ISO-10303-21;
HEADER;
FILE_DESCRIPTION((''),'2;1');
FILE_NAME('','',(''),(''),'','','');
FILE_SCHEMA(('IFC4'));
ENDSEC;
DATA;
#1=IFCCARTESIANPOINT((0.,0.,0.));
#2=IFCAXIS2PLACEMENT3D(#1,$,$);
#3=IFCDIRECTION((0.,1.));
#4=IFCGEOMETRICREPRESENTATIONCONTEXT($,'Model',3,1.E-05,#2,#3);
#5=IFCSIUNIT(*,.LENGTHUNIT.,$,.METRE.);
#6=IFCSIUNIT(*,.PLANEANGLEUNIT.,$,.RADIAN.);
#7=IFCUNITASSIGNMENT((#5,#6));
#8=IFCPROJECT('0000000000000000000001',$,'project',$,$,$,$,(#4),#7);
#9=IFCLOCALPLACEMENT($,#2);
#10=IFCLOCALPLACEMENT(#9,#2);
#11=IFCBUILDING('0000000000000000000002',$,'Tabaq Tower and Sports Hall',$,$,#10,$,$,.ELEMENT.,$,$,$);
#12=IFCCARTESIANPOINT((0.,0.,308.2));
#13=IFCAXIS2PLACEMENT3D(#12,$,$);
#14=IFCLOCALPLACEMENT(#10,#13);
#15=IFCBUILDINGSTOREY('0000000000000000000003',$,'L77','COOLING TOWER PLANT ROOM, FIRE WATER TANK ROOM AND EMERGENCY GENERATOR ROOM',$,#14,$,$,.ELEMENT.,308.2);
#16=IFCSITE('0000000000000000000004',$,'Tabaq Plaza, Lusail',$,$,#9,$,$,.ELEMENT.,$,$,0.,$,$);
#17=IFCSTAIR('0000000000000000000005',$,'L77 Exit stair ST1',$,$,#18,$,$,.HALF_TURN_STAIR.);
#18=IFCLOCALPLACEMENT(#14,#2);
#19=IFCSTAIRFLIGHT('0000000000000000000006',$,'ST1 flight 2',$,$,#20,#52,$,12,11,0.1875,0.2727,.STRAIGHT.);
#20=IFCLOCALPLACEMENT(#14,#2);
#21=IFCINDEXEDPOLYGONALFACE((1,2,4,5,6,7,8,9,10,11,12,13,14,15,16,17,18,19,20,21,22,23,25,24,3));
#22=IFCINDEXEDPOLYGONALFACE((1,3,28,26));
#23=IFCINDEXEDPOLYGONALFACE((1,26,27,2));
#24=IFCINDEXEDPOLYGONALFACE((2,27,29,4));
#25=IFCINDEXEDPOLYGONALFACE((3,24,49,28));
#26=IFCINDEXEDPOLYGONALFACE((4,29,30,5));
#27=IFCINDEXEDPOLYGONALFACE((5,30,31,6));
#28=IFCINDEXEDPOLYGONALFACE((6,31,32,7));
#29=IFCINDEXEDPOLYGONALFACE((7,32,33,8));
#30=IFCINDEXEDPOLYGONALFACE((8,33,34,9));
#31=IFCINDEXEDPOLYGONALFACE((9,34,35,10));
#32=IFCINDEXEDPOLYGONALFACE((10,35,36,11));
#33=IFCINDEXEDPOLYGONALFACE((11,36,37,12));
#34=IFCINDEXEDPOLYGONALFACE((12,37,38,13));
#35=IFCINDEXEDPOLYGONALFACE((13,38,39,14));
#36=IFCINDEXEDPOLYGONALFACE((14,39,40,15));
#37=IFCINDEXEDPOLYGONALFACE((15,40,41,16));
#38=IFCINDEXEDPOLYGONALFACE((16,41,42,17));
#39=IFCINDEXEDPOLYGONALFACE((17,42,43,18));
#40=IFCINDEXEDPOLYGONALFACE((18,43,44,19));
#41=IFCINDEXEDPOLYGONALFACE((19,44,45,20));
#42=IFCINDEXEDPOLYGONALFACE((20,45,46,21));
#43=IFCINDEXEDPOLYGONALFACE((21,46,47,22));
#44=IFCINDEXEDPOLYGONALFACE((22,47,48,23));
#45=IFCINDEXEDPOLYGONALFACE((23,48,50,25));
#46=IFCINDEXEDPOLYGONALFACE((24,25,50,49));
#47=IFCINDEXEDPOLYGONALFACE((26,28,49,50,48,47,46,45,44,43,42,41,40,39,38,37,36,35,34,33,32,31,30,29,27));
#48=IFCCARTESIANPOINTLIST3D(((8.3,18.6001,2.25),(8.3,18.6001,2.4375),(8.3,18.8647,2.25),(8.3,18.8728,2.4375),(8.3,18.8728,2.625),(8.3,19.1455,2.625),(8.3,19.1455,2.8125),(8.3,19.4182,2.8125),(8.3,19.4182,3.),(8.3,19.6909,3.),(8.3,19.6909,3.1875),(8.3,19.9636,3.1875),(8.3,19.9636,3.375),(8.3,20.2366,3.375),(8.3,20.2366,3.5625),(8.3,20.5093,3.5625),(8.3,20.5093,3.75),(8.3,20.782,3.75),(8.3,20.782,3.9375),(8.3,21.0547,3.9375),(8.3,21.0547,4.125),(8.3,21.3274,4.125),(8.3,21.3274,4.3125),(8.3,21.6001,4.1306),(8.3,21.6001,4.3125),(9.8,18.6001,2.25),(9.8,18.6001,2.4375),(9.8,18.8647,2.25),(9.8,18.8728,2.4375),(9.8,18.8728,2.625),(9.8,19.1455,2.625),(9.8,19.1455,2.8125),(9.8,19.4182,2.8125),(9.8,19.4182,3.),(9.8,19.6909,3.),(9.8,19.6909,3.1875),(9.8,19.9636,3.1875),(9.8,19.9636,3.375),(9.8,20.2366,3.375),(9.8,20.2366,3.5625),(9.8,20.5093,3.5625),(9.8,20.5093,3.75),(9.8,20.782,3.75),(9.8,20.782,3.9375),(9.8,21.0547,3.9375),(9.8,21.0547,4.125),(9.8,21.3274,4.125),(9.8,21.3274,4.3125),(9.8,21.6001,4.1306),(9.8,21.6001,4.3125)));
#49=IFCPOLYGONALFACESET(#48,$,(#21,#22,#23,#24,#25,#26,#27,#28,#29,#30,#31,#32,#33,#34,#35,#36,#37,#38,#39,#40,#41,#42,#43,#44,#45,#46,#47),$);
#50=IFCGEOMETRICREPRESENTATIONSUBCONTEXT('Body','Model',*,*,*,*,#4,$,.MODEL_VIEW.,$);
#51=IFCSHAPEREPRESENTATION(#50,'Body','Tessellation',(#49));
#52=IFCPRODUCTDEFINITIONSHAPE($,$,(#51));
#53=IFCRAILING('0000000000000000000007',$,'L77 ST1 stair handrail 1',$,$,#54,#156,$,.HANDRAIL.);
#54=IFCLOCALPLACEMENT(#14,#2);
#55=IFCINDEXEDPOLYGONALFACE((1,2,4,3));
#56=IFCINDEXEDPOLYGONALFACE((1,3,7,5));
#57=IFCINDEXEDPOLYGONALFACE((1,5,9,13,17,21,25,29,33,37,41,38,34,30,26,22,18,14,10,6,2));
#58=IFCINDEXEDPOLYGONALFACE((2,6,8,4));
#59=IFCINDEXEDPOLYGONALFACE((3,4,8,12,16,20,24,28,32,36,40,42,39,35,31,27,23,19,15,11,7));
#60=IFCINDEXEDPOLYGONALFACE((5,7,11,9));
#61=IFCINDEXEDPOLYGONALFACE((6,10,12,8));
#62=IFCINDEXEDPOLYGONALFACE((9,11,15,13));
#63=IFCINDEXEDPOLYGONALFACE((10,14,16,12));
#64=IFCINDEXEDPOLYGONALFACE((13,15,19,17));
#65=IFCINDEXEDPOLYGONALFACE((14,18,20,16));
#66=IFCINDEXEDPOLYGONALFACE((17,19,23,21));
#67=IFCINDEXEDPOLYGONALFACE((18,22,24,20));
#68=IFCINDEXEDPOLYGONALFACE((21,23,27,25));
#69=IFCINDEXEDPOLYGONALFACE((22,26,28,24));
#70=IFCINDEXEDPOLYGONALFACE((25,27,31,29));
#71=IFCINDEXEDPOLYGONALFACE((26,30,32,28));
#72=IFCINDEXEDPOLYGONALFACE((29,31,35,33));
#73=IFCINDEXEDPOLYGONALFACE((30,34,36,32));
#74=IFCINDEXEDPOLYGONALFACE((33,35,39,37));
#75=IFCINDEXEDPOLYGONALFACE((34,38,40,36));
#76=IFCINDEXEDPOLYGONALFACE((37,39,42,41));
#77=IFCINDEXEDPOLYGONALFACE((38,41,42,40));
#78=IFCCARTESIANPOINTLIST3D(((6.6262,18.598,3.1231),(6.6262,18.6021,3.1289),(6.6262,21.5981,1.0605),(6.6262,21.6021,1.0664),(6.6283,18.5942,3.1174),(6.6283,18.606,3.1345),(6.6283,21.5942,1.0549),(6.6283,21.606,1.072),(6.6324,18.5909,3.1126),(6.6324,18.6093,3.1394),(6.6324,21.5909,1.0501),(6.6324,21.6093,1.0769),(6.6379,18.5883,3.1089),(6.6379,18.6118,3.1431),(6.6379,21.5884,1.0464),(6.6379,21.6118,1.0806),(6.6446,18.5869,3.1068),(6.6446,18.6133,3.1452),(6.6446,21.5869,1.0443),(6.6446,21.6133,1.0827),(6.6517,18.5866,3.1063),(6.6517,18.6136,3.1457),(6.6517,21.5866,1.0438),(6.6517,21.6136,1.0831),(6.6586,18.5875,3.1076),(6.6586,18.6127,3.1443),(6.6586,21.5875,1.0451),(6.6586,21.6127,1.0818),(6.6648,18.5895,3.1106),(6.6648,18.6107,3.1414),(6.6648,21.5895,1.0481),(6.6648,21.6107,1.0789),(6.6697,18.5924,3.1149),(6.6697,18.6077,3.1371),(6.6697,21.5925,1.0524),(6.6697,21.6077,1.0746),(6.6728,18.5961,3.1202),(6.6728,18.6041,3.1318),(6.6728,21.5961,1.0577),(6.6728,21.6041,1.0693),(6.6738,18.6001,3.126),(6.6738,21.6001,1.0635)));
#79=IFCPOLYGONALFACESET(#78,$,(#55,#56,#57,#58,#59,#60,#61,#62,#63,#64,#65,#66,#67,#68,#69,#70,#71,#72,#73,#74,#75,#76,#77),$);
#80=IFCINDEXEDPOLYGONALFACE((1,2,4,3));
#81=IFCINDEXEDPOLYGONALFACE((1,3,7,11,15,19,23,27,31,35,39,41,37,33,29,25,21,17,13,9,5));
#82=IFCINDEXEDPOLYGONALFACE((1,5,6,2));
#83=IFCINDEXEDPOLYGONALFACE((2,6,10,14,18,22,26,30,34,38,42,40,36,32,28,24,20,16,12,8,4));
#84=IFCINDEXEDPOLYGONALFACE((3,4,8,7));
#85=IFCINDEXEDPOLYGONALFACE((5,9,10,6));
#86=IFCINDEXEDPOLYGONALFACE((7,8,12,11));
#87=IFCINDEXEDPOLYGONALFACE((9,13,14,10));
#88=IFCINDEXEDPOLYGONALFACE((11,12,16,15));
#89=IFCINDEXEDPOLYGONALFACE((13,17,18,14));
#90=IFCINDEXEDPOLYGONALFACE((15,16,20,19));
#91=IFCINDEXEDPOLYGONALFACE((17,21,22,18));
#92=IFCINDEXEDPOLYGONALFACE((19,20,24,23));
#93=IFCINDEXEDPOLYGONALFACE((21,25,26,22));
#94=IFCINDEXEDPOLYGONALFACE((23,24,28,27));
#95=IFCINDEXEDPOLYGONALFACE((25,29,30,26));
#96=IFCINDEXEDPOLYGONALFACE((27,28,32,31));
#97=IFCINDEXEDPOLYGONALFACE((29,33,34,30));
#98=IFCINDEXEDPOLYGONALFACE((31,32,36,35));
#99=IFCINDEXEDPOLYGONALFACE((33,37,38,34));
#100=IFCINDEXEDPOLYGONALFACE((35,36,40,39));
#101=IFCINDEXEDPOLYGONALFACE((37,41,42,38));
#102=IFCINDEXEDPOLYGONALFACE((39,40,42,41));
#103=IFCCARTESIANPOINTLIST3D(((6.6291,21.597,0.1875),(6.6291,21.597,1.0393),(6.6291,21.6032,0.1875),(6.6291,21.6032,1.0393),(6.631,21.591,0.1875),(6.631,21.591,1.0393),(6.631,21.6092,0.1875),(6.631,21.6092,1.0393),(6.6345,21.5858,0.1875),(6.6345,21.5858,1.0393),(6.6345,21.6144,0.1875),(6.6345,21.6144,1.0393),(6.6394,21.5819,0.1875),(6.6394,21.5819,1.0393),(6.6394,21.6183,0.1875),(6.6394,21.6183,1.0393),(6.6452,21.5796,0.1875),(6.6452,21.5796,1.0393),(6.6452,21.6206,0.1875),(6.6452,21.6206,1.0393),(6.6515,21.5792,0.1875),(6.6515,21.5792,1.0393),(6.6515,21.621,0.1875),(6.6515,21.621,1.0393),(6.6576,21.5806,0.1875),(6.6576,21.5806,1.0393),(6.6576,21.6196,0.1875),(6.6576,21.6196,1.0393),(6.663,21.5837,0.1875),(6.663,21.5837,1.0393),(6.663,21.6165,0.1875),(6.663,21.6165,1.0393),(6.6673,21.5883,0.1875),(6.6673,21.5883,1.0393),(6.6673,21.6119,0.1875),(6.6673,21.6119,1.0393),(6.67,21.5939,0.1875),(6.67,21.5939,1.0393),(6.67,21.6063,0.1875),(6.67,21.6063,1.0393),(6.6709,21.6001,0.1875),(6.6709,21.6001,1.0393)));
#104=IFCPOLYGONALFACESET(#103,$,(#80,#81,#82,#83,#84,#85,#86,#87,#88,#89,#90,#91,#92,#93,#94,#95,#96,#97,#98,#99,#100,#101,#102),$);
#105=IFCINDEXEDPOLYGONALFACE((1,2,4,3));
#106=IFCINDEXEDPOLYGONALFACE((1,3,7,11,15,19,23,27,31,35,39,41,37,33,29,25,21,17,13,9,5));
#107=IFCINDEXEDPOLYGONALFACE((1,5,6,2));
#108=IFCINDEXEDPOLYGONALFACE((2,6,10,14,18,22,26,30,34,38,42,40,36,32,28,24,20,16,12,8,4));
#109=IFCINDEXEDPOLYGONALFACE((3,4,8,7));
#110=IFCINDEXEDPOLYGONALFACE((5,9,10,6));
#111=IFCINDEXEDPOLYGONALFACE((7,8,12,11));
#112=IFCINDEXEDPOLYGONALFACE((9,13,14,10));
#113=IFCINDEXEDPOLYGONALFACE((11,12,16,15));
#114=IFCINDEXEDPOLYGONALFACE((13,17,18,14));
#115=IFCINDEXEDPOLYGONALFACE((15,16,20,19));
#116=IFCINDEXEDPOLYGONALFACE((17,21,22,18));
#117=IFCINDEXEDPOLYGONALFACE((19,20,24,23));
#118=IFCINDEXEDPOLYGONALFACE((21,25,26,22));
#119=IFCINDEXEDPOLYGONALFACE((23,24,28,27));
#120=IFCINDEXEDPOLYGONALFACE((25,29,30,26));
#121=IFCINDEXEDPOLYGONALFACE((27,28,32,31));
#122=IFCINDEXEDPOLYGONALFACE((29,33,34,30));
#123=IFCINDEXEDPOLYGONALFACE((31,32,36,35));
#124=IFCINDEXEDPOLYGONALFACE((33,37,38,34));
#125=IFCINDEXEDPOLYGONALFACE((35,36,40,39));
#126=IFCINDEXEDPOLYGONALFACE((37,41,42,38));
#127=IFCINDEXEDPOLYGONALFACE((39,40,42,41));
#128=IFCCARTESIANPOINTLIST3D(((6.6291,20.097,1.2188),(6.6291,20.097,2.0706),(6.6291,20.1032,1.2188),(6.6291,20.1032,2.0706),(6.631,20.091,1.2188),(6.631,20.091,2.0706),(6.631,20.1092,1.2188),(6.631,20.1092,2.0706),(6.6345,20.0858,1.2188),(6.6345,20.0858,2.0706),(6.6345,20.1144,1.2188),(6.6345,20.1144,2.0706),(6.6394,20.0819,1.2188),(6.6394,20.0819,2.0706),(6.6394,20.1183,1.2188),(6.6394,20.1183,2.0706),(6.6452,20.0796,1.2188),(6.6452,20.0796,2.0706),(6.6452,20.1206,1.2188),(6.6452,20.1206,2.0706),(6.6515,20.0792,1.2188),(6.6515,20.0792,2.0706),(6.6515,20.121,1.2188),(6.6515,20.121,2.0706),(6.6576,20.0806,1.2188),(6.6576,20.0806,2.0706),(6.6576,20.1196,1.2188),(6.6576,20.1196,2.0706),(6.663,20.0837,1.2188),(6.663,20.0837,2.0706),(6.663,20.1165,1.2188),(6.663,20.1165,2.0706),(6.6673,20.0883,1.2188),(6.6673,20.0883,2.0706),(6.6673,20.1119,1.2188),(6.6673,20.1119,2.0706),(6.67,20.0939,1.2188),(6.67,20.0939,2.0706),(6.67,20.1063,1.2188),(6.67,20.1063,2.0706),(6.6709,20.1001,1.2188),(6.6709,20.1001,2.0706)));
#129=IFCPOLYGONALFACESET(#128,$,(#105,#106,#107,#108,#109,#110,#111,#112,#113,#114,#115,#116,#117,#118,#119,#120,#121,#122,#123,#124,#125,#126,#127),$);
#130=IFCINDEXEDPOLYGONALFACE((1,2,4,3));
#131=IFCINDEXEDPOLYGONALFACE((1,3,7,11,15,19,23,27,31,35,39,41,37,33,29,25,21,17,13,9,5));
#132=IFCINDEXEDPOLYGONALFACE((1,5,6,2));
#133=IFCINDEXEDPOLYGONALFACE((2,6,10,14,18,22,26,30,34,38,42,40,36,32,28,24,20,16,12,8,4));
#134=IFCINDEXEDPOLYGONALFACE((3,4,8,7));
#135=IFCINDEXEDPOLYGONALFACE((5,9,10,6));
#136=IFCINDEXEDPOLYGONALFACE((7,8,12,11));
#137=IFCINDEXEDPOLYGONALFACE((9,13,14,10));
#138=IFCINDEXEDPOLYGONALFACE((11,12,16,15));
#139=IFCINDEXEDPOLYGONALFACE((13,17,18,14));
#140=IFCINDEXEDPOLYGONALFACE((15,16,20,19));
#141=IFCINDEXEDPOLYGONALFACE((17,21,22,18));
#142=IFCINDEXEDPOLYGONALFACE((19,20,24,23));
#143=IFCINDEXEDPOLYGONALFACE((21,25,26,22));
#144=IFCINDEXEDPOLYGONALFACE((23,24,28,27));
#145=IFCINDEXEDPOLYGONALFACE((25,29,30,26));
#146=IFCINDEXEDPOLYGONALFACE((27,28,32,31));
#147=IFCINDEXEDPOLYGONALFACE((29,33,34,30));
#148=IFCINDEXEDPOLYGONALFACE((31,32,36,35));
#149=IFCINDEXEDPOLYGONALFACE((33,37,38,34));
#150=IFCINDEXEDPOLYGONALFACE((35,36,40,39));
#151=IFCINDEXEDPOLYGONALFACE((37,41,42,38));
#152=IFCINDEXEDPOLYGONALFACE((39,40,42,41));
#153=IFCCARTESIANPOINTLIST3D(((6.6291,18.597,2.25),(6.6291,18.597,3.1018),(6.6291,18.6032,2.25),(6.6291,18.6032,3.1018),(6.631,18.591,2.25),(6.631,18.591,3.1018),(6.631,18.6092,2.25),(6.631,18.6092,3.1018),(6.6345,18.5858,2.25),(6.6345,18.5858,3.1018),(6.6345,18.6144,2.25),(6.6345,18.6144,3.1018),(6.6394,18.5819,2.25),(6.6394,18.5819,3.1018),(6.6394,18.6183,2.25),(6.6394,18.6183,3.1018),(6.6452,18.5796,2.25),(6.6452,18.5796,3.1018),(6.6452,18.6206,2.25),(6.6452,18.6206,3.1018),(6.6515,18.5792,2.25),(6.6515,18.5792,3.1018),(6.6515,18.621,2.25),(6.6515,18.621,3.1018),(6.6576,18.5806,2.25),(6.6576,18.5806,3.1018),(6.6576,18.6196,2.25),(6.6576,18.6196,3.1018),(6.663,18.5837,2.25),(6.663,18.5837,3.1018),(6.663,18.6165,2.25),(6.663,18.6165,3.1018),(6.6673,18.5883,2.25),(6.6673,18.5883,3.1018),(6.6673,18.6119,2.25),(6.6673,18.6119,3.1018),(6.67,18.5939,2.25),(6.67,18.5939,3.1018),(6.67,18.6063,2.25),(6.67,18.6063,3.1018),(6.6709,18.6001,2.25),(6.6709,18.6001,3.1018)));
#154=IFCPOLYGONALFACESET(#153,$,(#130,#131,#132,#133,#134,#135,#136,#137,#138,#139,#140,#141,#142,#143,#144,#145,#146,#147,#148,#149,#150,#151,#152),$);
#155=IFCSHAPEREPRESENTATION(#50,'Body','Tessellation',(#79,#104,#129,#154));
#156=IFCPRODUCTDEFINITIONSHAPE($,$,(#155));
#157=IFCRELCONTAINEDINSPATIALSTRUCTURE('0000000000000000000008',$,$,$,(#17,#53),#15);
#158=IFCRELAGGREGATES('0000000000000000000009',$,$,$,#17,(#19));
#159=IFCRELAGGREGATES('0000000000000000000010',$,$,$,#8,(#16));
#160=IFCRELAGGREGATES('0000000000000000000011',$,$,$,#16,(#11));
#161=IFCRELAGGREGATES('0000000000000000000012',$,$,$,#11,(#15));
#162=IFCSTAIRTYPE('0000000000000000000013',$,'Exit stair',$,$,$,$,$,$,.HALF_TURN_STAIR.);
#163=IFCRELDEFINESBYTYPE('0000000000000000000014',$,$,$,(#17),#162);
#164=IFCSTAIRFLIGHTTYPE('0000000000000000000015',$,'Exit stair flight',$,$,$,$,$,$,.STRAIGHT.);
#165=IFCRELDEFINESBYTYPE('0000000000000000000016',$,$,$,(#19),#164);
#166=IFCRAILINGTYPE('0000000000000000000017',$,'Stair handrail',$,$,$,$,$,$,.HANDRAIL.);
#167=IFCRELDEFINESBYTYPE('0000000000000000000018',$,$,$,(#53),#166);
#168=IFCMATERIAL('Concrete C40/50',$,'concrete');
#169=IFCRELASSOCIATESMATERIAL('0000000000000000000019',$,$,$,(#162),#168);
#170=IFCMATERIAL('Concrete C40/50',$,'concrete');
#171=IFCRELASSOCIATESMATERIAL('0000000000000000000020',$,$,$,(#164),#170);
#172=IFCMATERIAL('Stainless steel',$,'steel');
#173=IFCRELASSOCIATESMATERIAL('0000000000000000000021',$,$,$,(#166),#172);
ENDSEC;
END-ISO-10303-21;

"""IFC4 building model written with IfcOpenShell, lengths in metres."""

from ifc_helpers import new_model, si_unit, direction, frame, origin, origin_2d, place, context, subcontext, project, spatial, polyline, circle, outline, extrude, material, type_object, element, aggregate, save


model = new_model("IFC4")

# Units and contexts
model_context = context("Model", 3, precision=1e-05, world=origin(), true_north=direction((0.0, 1.0)))
body_context = subcontext(model_context, "Body", "Model", "MODEL_VIEW")
ifc_project = project(units=[si_unit("LENGTHUNIT", "METRE"), si_unit("PLANEANGLEUNIT", "RADIAN")], contexts=[model_context])

# Site, building, storey
site_placement = place(None, origin())
site = spatial("IfcSite", under=ifc_project, at=site_placement, Name="Tabaq Plaza, Lusail", CompositionType="ELEMENT", RefElevation=0.0)
building_placement = place(site_placement, origin())
building = spatial("IfcBuilding", under=site, at=building_placement, Name="Tabaq Tower and Sports Hall", CompositionType="ELEMENT")
storey_placement = place(building_placement, frame((0.0, 0.0, 308.2)))
storey = spatial("IfcBuildingStorey", under=building, at=storey_placement, Name="L77", Description="COOLING TOWER PLANT ROOM, FIRE WATER TANK ROOM AND EMERGENCY GENERATOR ROOM", CompositionType="ELEMENT", Elevation=308.2)

# Stair, stair flight
ifc_material_1 = material(Name="Concrete C40/50", Category="concrete")
stair_type = type_object("IfcStairType", Name="Exit stair", PredefinedType="HALF_TURN_STAIR", material=ifc_material_1)
stair_placement = place(storey_placement, origin())
stair = element("IfcStair", 1, at=stair_placement, inside=storey, type_object=stair_type, Name="L77 Exit stair ST1", PredefinedType="HALF_TURN_STAIR")
ifc_material_2 = material(Name="Concrete C40/50", Category="concrete")
stair_flight_type = type_object("IfcStairFlightType", Name="Exit stair flight", PredefinedType="STRAIGHT", material=ifc_material_2)
stair_flight_1_placement = place(storey_placement, frame((9.05, 18.6001, 2.25), z_axis=(0.0, 0.0, 1.0), x_axis=(0.0, 1.0, 0.0)))
stair_flight_1 = element("IfcStairFlight", 2, at=stair_flight_1_placement, type_object=stair_flight_type, Name="ST1 flight 2", NumberOfRisers=12, NumberOfTreads=11, PredefinedType="STRAIGHT", RiserHeight=0.1875, TreadLength=0.2727, context=body_context, shape_type="SweptSolid", body=[
    extrude(outline(polyline([(0.0, 0.0), (0.0, 0.1875), (0.2727, 0.1875), (0.2727, 0.375), (0.5454, 0.375), (0.5454, 0.5625), (0.8181, 0.5625), (0.8181, 0.75), (1.0908, 0.75), (1.0908, 0.9375), (1.3635, 0.9375), (1.3635, 1.125), (1.6365, 1.125), (1.6365, 1.3125), (1.9092, 1.3125), (1.9092, 1.5), (2.1819, 1.5), (2.1819, 1.6875), (2.4546, 1.6875), (2.4546, 1.875), (2.7273, 1.875), (2.7273, 2.0625), (3.0, 2.0625), (3.0, 2.25), (3.0, 1.8806), (0.2646, 0.0), (0.0, 0.0)])), frame((0.0, 0.75, 0.0), z_axis=(0.0, -1.0, 0.0), x_axis=(1.0, 0.0, 0.0)), (0.0, 0.0, 1.0), 1.5),
])
aggregate(stair, [stair_flight_1])

# Railing
ifc_material_3 = material(Name="Stainless steel", Category="steel")
railing_type_1 = type_object("IfcRailingType", Name="Stair handrail", PredefinedType="HANDRAIL", material=ifc_material_3)
railing_1_placement = place(storey_placement, frame((6.6499, 21.6001, 0.1875)))
element("IfcRailing", 3, at=railing_1_placement, inside=storey, type_object=railing_type_1, Name="L77 ST1 stair handrail 1", PredefinedType="HANDRAIL", context=body_context, shape_type="SweptSolid", body=[
    extrude(circle(Radius=0.0239, at=origin_2d()), frame((0.0, 0.0, 0.876), z_axis=(0.0, -0.824042, 0.566529), x_axis=(1.0, 0.0, 0.0)), (0.0, 0.0, 1.0), 3.6406),
    extrude(circle(Radius=0.021, at=origin_2d()), origin(), (0.0, 0.0, 1.0), 0.8518),
    extrude(circle(Radius=0.021, at=origin_2d()), frame((0.0, -1.5, 1.0312)), (0.0, 0.0, 1.0), 0.8518),
    extrude(circle(Radius=0.021, at=origin_2d()), frame((0.0, -3.0, 2.0625)), (0.0, 0.0, 1.0), 0.8518),
])

save(model, "model.ifc")
